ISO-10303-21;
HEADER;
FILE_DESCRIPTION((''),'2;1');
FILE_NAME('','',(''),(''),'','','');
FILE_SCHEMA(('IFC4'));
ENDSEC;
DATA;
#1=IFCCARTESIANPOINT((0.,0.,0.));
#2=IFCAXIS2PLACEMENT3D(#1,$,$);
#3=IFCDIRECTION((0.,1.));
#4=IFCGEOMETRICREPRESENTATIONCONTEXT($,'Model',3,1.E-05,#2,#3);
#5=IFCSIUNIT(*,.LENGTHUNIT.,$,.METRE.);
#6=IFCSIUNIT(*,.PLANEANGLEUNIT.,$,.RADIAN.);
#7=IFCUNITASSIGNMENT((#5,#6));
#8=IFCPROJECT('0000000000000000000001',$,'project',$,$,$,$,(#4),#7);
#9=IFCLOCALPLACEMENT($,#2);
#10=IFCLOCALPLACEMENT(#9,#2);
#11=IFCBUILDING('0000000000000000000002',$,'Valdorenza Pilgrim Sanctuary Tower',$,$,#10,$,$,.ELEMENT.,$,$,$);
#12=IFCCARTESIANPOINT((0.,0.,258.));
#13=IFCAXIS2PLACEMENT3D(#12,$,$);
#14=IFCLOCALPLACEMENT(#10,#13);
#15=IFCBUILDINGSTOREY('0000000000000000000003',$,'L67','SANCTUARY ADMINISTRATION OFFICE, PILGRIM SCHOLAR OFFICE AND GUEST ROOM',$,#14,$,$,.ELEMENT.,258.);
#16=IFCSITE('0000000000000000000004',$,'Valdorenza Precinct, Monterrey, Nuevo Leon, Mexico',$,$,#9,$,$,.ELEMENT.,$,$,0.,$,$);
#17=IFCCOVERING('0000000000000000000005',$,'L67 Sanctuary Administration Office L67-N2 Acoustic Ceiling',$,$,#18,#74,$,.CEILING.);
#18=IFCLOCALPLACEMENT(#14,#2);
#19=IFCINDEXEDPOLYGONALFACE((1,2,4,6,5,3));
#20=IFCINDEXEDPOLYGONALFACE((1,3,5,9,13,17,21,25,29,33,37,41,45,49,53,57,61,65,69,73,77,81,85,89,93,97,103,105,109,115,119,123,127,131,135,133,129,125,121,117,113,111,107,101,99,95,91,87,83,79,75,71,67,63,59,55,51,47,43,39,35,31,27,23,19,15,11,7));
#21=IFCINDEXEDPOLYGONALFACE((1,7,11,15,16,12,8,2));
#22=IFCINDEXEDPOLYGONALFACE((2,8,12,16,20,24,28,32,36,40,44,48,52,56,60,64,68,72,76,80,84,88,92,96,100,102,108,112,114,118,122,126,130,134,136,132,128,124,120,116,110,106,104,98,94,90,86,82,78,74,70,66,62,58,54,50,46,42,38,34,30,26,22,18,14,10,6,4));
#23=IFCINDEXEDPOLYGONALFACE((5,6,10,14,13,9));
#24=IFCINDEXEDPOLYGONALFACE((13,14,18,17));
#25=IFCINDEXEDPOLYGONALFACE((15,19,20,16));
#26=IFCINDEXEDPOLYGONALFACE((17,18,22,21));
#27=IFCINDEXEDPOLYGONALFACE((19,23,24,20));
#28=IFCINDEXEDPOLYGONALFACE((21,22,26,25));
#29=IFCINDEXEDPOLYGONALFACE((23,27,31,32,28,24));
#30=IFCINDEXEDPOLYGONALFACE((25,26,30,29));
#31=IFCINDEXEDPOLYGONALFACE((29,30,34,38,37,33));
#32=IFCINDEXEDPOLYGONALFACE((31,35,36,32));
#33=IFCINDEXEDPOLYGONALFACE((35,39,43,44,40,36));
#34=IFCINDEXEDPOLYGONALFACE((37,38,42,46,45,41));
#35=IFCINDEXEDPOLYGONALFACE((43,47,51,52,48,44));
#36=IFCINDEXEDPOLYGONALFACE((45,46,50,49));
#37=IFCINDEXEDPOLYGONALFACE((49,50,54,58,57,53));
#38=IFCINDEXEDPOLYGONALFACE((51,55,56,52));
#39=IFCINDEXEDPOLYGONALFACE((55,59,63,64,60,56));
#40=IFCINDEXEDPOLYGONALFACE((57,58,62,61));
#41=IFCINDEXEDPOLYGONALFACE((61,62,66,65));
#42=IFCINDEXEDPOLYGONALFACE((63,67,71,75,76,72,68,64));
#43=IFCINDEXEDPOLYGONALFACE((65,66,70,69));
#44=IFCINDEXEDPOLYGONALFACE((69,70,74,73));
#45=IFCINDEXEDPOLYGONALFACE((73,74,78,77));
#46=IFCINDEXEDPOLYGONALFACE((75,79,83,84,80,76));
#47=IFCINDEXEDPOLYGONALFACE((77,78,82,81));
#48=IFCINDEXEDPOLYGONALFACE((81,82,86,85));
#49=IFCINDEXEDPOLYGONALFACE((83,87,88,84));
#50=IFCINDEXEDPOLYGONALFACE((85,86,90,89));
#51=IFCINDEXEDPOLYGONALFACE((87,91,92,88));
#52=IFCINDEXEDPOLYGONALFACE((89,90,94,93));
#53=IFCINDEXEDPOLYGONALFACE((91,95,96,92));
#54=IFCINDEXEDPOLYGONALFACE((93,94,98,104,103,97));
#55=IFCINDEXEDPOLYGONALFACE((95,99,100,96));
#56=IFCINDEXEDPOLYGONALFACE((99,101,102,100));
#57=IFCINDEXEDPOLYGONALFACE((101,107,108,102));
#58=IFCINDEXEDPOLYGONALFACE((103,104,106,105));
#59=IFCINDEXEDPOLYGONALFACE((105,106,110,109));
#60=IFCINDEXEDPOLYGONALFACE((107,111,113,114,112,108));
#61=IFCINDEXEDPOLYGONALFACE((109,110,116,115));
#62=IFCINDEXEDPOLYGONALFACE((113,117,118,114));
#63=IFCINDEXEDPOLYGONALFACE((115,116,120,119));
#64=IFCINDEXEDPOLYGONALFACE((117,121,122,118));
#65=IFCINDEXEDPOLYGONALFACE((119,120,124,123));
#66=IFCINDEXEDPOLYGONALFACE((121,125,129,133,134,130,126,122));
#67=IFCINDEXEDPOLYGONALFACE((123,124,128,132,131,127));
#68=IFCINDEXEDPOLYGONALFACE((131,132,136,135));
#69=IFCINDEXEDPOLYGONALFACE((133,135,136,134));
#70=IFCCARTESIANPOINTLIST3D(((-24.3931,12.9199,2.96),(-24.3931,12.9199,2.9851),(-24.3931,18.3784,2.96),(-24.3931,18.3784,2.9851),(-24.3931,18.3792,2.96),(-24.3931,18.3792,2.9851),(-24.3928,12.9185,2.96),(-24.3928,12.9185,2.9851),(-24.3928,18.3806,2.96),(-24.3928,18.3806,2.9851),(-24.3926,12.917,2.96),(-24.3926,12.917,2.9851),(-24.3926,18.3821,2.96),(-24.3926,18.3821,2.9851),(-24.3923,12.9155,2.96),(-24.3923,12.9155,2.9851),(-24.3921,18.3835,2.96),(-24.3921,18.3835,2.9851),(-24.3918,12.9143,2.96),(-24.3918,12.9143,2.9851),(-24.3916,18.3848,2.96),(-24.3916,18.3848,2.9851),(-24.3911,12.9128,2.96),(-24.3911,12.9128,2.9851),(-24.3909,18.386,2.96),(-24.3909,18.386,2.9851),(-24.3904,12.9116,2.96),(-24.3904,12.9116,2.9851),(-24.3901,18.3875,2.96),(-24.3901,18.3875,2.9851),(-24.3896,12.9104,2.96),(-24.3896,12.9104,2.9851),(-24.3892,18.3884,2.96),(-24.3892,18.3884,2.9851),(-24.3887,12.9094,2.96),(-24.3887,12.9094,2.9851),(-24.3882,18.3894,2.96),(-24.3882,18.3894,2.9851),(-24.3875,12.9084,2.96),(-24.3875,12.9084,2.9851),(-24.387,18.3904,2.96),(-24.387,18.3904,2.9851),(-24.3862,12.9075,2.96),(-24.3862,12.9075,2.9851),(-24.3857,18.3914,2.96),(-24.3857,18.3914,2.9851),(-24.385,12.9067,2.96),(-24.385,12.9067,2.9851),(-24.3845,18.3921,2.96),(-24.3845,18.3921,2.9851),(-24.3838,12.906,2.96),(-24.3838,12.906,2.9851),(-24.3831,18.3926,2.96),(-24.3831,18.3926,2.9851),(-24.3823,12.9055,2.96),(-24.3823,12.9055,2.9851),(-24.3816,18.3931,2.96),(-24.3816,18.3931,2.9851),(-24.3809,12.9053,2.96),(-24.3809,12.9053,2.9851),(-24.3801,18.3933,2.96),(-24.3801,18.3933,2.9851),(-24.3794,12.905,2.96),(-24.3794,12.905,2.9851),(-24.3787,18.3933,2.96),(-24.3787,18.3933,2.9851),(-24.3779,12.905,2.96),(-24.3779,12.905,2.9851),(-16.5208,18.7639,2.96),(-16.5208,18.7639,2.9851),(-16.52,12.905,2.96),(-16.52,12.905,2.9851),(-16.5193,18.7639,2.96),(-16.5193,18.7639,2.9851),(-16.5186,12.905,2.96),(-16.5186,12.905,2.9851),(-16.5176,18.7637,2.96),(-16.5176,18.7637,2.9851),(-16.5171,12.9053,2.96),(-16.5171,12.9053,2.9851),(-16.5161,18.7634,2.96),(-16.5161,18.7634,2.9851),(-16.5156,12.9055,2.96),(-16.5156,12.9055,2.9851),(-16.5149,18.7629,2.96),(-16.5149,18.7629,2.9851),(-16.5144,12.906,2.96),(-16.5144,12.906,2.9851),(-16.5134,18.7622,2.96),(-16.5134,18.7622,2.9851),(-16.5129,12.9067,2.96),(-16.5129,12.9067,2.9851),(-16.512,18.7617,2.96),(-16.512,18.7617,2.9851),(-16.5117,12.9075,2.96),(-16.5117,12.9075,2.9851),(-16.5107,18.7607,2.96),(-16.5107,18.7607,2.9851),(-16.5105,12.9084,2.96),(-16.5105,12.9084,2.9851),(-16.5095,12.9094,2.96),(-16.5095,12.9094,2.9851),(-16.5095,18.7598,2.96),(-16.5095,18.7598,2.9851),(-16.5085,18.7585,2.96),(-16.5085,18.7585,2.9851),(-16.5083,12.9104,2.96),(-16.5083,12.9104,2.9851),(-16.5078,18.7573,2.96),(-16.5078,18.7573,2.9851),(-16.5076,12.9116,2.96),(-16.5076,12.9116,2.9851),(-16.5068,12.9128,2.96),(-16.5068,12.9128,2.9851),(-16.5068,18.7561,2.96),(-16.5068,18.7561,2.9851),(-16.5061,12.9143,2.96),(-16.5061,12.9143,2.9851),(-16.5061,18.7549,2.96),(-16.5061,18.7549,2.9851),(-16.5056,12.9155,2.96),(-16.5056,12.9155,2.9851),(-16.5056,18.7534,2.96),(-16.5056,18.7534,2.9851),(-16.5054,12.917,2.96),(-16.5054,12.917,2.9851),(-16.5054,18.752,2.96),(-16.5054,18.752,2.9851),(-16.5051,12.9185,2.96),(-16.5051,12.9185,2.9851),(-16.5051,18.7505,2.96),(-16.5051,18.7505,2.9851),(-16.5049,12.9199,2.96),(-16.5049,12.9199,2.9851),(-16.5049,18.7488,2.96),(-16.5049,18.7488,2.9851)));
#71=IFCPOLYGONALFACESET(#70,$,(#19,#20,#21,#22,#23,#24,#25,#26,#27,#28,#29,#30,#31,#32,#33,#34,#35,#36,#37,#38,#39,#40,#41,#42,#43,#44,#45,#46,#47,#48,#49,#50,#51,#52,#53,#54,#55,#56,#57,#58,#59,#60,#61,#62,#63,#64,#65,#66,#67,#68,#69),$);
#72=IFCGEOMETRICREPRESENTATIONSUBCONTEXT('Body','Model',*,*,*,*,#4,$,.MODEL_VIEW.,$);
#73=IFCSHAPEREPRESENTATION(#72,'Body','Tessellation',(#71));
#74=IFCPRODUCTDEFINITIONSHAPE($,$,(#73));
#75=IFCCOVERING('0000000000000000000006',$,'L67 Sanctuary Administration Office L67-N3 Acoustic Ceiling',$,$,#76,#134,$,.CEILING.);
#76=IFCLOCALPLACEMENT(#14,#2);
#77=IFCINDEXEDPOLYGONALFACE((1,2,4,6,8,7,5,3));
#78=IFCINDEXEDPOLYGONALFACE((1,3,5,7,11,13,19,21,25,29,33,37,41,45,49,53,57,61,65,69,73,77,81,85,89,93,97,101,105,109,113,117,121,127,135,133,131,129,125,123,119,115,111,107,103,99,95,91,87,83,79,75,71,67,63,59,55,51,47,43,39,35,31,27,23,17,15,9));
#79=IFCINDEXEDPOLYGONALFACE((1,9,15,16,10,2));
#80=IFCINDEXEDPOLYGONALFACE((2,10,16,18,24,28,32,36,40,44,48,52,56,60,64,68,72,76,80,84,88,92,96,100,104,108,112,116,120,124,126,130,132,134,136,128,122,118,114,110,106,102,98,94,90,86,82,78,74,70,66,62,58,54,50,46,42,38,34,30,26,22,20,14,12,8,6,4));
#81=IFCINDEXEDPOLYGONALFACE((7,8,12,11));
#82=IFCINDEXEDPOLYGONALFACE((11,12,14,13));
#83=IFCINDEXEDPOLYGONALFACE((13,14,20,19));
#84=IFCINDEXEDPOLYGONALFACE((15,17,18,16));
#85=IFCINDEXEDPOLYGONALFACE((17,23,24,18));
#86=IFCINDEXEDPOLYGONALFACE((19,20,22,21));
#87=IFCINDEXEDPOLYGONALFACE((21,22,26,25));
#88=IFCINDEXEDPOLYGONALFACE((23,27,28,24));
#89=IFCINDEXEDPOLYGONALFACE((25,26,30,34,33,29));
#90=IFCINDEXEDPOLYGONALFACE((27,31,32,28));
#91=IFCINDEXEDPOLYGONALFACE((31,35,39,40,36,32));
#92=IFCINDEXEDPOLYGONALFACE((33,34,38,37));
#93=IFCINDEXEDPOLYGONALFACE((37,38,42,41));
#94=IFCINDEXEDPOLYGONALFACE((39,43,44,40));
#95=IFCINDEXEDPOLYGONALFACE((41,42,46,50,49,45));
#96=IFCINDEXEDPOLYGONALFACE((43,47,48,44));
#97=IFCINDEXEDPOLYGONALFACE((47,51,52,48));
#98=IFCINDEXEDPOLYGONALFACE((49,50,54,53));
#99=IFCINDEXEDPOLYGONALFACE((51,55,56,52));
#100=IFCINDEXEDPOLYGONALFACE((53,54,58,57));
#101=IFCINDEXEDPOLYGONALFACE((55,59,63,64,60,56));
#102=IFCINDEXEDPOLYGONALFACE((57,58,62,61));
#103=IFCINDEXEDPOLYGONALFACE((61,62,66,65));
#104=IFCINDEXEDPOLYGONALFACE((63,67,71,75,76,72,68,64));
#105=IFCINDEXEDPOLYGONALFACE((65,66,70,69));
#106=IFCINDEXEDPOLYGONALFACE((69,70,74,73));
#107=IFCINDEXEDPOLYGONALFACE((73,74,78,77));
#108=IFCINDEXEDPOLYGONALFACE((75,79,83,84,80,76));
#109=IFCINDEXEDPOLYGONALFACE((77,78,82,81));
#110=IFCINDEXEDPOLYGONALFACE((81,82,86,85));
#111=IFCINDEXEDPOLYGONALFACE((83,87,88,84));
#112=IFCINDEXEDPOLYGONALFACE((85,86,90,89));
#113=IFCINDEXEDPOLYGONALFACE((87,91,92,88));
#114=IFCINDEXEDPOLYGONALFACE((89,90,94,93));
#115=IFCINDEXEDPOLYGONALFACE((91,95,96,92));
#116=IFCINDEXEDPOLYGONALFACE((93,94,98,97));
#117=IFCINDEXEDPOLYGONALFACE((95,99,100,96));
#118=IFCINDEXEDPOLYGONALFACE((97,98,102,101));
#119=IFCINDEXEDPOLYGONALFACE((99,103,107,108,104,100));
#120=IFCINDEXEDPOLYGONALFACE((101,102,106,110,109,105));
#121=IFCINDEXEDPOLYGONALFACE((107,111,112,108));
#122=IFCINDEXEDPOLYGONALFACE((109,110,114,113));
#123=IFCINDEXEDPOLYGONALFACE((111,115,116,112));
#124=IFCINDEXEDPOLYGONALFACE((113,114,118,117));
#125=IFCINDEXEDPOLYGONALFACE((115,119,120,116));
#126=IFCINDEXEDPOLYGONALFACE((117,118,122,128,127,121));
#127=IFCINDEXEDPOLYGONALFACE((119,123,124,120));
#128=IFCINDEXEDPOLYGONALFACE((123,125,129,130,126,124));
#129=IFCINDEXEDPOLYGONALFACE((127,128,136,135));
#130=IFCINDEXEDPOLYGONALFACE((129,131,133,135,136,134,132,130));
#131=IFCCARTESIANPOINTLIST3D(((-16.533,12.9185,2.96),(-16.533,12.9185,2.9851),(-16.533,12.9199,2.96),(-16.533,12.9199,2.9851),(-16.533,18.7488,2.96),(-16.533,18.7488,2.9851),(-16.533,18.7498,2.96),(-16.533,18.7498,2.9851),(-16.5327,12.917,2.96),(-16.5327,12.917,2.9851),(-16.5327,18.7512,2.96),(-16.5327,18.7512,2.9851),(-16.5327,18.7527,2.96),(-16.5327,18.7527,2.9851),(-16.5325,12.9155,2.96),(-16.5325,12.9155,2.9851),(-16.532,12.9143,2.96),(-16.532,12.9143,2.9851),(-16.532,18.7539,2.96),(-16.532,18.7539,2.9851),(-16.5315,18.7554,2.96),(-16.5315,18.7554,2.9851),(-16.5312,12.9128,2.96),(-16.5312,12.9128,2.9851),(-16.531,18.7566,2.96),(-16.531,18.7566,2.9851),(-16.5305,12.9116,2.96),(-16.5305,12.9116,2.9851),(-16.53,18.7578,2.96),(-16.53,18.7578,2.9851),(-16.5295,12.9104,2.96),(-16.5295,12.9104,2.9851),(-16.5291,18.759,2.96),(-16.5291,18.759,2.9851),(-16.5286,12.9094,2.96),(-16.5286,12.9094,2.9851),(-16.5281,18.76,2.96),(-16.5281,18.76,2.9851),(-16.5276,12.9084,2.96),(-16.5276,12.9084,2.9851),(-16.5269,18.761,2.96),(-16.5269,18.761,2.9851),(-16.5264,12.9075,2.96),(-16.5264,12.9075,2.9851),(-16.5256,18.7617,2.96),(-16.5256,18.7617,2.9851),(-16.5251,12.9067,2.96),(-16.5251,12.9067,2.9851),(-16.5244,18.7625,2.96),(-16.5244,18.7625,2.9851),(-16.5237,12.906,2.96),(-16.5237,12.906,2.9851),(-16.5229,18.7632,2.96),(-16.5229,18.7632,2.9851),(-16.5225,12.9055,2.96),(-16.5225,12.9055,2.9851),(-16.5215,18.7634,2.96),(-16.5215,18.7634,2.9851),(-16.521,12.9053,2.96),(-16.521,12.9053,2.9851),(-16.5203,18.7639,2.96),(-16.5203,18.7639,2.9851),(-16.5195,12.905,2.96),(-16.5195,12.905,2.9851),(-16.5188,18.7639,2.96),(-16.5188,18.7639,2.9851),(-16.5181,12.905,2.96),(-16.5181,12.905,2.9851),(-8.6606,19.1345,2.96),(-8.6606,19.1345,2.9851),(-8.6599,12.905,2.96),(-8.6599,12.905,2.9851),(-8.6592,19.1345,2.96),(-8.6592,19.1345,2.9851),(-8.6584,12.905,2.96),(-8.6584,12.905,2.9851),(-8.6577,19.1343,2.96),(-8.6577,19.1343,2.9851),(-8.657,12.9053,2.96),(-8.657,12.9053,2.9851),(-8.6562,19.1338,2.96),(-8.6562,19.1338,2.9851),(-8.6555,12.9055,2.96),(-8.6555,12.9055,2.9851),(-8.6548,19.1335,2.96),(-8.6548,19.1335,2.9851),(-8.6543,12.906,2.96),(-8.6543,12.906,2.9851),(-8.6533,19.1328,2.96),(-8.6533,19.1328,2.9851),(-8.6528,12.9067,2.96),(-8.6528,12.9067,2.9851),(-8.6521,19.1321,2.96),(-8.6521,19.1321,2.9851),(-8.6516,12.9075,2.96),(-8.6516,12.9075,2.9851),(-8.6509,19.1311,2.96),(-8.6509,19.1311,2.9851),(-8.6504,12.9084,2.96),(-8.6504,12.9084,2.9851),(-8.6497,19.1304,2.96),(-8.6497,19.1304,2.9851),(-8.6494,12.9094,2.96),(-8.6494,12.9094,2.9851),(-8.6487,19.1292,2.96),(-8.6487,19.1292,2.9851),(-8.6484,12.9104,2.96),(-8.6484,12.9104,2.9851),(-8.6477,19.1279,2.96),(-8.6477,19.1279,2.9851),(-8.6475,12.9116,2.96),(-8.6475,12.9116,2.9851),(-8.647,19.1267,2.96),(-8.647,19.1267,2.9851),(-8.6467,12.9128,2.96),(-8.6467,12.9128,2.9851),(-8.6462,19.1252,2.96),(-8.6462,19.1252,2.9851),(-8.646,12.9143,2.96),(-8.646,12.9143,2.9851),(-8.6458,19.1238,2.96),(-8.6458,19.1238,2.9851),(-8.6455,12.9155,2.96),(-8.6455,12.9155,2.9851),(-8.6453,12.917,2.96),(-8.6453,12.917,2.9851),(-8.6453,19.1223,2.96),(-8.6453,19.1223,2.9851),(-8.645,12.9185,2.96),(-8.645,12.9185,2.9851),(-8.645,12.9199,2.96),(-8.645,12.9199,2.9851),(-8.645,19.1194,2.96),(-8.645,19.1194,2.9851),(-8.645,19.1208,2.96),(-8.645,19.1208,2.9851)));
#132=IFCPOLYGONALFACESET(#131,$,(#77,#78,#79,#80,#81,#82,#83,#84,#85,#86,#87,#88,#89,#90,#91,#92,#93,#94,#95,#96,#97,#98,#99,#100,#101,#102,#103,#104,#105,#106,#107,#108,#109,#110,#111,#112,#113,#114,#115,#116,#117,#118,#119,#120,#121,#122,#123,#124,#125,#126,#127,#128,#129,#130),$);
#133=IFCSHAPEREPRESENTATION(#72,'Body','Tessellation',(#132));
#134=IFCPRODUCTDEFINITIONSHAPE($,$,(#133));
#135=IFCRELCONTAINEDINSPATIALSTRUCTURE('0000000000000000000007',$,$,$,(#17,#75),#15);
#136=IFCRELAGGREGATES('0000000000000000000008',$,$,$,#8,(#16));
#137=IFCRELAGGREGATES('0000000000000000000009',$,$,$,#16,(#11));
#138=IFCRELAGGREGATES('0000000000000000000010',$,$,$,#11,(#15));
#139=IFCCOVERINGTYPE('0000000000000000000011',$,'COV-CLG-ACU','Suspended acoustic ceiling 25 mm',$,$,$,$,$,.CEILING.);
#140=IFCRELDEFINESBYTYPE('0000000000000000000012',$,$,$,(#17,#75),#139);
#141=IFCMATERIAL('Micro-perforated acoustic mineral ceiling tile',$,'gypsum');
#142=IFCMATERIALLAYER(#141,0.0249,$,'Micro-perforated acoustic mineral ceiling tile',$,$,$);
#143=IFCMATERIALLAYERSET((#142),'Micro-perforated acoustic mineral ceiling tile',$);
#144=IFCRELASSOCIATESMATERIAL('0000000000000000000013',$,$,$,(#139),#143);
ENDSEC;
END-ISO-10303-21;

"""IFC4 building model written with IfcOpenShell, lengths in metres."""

from ifc_helpers import new_model, si_unit, direction, frame, origin, place, context, subcontext, project, spatial, polyline, outline, extrude, material, layer, layer_set, type_object, element, save


model = new_model("IFC4")

# Units and contexts
model_context = context("Model", 3, precision=1e-05, world=origin(), true_north=direction((0.0, 1.0)))
body_context = subcontext(model_context, "Body", "Model", "MODEL_VIEW")
ifc_project = project(units=[si_unit("LENGTHUNIT", "METRE"), si_unit("PLANEANGLEUNIT", "RADIAN")], contexts=[model_context])

# Site, building, storey
site_placement = place(None, origin())
site = spatial("IfcSite", under=ifc_project, at=site_placement, Name="Valdorenza Precinct, Monterrey, Nuevo Leon, Mexico", CompositionType="ELEMENT", RefElevation=0.0)
building_placement = place(site_placement, origin())
building = spatial("IfcBuilding", under=site, at=building_placement, Name="Valdorenza Pilgrim Sanctuary Tower", CompositionType="ELEMENT")
storey_placement = place(building_placement, frame((0.0, 0.0, 258.0)))
storey = spatial("IfcBuildingStorey", under=building, at=storey_placement, Name="L67", Description="SANCTUARY ADMINISTRATION OFFICE, PILGRIM SCHOLAR OFFICE AND GUEST ROOM", CompositionType="ELEMENT", Elevation=258.0)

# Coverings
ifc_material_1 = material(Name="Micro-perforated acoustic mineral ceiling tile", Category="gypsum")
ifc_layer_1 = layer(ifc_material_1, 0.0249, Name="Micro-perforated acoustic mineral ceiling tile")
ifc_layer_set_1 = layer_set([ifc_layer_1], Name="Micro-perforated acoustic mineral ceiling tile")
covering_type_1 = type_object("IfcCoveringType", Name="COV-CLG-ACU", Description="Suspended acoustic ceiling 25 mm", PredefinedType="CEILING", material=ifc_layer_set_1)
covering_1_placement = place(storey_placement, frame((0.0, 0.0, 2.96)))
element("IfcCovering", 1, at=covering_1_placement, inside=storey, type_object=covering_type_1, Name="L67 Sanctuary Administration Office L67-N2 Acoustic Ceiling", PredefinedType="CEILING", context=body_context, shape_type="SweptSolid", body=[
    extrude(outline(polyline([(-24.3931, 18.3784), (-24.3931, 18.3792), (-24.3928, 18.3806), (-24.3926, 18.3821), (-24.3921, 18.3835), (-24.3916, 18.3848), (-24.3909, 18.386), (-24.3901, 18.3875), (-24.3892, 18.3884), (-24.3882, 18.3894), (-24.387, 18.3904), (-24.3857, 18.3914), (-24.3845, 18.3921), (-24.3831, 18.3926), (-24.3816, 18.3931), (-24.3801, 18.3933), (-24.3787, 18.3933), (-16.5208, 18.7639), (-16.5193, 18.7639), (-16.5176, 18.7637), (-16.5161, 18.7634), (-16.5149, 18.7629), (-16.5134, 18.7622), (-16.512, 18.7617), (-16.5107, 18.7607), (-16.5095, 18.7598), (-16.5085, 18.7585), (-16.5078, 18.7573), (-16.5068, 18.7561), (-16.5061, 18.7549), (-16.5056, 18.7534), (-16.5054, 18.752), (-16.5051, 18.7505), (-16.5049, 18.7488), (-16.5049, 12.9199), (-16.5051, 12.9185), (-16.5054, 12.917), (-16.5056, 12.9155), (-16.5061, 12.9143), (-16.5068, 12.9128), (-16.5076, 12.9116), (-16.5083, 12.9104), (-16.5095, 12.9094), (-16.5105, 12.9084), (-16.5117, 12.9075), (-16.5129, 12.9067), (-16.5144, 12.906), (-16.5156, 12.9055), (-16.5171, 12.9053), (-16.5186, 12.905), (-16.52, 12.905), (-24.3779, 12.905), (-24.3794, 12.905), (-24.3809, 12.9053), (-24.3823, 12.9055), (-24.3838, 12.906), (-24.385, 12.9067), (-24.3862, 12.9075), (-24.3875, 12.9084), (-24.3887, 12.9094), (-24.3896, 12.9104), (-24.3904, 12.9116), (-24.3911, 12.9128), (-24.3918, 12.9143), (-24.3923, 12.9155), (-24.3926, 12.917), (-24.3928, 12.9185), (-24.3931, 12.9199), (-24.3931, 18.3784), (-24.3931, 18.3784)])), origin(), (0.0, 0.0, 1.0), 0.0251),
])
covering_2_placement = place(storey_placement, frame((0.0, 0.0, 2.96)))
element("IfcCovering", 2, at=covering_2_placement, inside=storey, type_object=covering_type_1, Name="L67 Sanctuary Administration Office L67-N3 Acoustic Ceiling", PredefinedType="CEILING", context=body_context, shape_type="SweptSolid", body=[
    extrude(outline(polyline([(-16.533, 18.7488), (-16.533, 18.7498), (-16.5327, 18.7512), (-16.5327, 18.7527), (-16.532, 18.7539), (-16.5315, 18.7554), (-16.531, 18.7566), (-16.53, 18.7578), (-16.5291, 18.759), (-16.5281, 18.76), (-16.5269, 18.761), (-16.5256, 18.7617), (-16.5244, 18.7625), (-16.5229, 18.7632), (-16.5215, 18.7634), (-16.5203, 18.7639), (-16.5188, 18.7639), (-8.6606, 19.1345), (-8.6592, 19.1345), (-8.6577, 19.1343), (-8.6562, 19.1338), (-8.6548, 19.1335), (-8.6533, 19.1328), (-8.6521, 19.1321), (-8.6509, 19.1311), (-8.6497, 19.1304), (-8.6487, 19.1292), (-8.6477, 19.1279), (-8.647, 19.1267), (-8.6462, 19.1252), (-8.6458, 19.1238), (-8.6453, 19.1223), (-8.645, 19.1208), (-8.645, 19.1194), (-8.645, 12.9199), (-8.645, 12.9185), (-8.6453, 12.917), (-8.6455, 12.9155), (-8.646, 12.9143), (-8.6467, 12.9128), (-8.6475, 12.9116), (-8.6484, 12.9104), (-8.6494, 12.9094), (-8.6504, 12.9084), (-8.6516, 12.9075), (-8.6528, 12.9067), (-8.6543, 12.906), (-8.6555, 12.9055), (-8.657, 12.9053), (-8.6584, 12.905), (-8.6599, 12.905), (-16.5181, 12.905), (-16.5195, 12.905), (-16.521, 12.9053), (-16.5225, 12.9055), (-16.5237, 12.906), (-16.5251, 12.9067), (-16.5264, 12.9075), (-16.5276, 12.9084), (-16.5286, 12.9094), (-16.5295, 12.9104), (-16.5305, 12.9116), (-16.5312, 12.9128), (-16.532, 12.9143), (-16.5325, 12.9155), (-16.5327, 12.917), (-16.533, 12.9185), (-16.533, 12.9199), (-16.533, 18.7488), (-16.533, 18.7488)])), origin(), (0.0, 0.0, 1.0), 0.0251),
])

save(model, "model.ifc")
